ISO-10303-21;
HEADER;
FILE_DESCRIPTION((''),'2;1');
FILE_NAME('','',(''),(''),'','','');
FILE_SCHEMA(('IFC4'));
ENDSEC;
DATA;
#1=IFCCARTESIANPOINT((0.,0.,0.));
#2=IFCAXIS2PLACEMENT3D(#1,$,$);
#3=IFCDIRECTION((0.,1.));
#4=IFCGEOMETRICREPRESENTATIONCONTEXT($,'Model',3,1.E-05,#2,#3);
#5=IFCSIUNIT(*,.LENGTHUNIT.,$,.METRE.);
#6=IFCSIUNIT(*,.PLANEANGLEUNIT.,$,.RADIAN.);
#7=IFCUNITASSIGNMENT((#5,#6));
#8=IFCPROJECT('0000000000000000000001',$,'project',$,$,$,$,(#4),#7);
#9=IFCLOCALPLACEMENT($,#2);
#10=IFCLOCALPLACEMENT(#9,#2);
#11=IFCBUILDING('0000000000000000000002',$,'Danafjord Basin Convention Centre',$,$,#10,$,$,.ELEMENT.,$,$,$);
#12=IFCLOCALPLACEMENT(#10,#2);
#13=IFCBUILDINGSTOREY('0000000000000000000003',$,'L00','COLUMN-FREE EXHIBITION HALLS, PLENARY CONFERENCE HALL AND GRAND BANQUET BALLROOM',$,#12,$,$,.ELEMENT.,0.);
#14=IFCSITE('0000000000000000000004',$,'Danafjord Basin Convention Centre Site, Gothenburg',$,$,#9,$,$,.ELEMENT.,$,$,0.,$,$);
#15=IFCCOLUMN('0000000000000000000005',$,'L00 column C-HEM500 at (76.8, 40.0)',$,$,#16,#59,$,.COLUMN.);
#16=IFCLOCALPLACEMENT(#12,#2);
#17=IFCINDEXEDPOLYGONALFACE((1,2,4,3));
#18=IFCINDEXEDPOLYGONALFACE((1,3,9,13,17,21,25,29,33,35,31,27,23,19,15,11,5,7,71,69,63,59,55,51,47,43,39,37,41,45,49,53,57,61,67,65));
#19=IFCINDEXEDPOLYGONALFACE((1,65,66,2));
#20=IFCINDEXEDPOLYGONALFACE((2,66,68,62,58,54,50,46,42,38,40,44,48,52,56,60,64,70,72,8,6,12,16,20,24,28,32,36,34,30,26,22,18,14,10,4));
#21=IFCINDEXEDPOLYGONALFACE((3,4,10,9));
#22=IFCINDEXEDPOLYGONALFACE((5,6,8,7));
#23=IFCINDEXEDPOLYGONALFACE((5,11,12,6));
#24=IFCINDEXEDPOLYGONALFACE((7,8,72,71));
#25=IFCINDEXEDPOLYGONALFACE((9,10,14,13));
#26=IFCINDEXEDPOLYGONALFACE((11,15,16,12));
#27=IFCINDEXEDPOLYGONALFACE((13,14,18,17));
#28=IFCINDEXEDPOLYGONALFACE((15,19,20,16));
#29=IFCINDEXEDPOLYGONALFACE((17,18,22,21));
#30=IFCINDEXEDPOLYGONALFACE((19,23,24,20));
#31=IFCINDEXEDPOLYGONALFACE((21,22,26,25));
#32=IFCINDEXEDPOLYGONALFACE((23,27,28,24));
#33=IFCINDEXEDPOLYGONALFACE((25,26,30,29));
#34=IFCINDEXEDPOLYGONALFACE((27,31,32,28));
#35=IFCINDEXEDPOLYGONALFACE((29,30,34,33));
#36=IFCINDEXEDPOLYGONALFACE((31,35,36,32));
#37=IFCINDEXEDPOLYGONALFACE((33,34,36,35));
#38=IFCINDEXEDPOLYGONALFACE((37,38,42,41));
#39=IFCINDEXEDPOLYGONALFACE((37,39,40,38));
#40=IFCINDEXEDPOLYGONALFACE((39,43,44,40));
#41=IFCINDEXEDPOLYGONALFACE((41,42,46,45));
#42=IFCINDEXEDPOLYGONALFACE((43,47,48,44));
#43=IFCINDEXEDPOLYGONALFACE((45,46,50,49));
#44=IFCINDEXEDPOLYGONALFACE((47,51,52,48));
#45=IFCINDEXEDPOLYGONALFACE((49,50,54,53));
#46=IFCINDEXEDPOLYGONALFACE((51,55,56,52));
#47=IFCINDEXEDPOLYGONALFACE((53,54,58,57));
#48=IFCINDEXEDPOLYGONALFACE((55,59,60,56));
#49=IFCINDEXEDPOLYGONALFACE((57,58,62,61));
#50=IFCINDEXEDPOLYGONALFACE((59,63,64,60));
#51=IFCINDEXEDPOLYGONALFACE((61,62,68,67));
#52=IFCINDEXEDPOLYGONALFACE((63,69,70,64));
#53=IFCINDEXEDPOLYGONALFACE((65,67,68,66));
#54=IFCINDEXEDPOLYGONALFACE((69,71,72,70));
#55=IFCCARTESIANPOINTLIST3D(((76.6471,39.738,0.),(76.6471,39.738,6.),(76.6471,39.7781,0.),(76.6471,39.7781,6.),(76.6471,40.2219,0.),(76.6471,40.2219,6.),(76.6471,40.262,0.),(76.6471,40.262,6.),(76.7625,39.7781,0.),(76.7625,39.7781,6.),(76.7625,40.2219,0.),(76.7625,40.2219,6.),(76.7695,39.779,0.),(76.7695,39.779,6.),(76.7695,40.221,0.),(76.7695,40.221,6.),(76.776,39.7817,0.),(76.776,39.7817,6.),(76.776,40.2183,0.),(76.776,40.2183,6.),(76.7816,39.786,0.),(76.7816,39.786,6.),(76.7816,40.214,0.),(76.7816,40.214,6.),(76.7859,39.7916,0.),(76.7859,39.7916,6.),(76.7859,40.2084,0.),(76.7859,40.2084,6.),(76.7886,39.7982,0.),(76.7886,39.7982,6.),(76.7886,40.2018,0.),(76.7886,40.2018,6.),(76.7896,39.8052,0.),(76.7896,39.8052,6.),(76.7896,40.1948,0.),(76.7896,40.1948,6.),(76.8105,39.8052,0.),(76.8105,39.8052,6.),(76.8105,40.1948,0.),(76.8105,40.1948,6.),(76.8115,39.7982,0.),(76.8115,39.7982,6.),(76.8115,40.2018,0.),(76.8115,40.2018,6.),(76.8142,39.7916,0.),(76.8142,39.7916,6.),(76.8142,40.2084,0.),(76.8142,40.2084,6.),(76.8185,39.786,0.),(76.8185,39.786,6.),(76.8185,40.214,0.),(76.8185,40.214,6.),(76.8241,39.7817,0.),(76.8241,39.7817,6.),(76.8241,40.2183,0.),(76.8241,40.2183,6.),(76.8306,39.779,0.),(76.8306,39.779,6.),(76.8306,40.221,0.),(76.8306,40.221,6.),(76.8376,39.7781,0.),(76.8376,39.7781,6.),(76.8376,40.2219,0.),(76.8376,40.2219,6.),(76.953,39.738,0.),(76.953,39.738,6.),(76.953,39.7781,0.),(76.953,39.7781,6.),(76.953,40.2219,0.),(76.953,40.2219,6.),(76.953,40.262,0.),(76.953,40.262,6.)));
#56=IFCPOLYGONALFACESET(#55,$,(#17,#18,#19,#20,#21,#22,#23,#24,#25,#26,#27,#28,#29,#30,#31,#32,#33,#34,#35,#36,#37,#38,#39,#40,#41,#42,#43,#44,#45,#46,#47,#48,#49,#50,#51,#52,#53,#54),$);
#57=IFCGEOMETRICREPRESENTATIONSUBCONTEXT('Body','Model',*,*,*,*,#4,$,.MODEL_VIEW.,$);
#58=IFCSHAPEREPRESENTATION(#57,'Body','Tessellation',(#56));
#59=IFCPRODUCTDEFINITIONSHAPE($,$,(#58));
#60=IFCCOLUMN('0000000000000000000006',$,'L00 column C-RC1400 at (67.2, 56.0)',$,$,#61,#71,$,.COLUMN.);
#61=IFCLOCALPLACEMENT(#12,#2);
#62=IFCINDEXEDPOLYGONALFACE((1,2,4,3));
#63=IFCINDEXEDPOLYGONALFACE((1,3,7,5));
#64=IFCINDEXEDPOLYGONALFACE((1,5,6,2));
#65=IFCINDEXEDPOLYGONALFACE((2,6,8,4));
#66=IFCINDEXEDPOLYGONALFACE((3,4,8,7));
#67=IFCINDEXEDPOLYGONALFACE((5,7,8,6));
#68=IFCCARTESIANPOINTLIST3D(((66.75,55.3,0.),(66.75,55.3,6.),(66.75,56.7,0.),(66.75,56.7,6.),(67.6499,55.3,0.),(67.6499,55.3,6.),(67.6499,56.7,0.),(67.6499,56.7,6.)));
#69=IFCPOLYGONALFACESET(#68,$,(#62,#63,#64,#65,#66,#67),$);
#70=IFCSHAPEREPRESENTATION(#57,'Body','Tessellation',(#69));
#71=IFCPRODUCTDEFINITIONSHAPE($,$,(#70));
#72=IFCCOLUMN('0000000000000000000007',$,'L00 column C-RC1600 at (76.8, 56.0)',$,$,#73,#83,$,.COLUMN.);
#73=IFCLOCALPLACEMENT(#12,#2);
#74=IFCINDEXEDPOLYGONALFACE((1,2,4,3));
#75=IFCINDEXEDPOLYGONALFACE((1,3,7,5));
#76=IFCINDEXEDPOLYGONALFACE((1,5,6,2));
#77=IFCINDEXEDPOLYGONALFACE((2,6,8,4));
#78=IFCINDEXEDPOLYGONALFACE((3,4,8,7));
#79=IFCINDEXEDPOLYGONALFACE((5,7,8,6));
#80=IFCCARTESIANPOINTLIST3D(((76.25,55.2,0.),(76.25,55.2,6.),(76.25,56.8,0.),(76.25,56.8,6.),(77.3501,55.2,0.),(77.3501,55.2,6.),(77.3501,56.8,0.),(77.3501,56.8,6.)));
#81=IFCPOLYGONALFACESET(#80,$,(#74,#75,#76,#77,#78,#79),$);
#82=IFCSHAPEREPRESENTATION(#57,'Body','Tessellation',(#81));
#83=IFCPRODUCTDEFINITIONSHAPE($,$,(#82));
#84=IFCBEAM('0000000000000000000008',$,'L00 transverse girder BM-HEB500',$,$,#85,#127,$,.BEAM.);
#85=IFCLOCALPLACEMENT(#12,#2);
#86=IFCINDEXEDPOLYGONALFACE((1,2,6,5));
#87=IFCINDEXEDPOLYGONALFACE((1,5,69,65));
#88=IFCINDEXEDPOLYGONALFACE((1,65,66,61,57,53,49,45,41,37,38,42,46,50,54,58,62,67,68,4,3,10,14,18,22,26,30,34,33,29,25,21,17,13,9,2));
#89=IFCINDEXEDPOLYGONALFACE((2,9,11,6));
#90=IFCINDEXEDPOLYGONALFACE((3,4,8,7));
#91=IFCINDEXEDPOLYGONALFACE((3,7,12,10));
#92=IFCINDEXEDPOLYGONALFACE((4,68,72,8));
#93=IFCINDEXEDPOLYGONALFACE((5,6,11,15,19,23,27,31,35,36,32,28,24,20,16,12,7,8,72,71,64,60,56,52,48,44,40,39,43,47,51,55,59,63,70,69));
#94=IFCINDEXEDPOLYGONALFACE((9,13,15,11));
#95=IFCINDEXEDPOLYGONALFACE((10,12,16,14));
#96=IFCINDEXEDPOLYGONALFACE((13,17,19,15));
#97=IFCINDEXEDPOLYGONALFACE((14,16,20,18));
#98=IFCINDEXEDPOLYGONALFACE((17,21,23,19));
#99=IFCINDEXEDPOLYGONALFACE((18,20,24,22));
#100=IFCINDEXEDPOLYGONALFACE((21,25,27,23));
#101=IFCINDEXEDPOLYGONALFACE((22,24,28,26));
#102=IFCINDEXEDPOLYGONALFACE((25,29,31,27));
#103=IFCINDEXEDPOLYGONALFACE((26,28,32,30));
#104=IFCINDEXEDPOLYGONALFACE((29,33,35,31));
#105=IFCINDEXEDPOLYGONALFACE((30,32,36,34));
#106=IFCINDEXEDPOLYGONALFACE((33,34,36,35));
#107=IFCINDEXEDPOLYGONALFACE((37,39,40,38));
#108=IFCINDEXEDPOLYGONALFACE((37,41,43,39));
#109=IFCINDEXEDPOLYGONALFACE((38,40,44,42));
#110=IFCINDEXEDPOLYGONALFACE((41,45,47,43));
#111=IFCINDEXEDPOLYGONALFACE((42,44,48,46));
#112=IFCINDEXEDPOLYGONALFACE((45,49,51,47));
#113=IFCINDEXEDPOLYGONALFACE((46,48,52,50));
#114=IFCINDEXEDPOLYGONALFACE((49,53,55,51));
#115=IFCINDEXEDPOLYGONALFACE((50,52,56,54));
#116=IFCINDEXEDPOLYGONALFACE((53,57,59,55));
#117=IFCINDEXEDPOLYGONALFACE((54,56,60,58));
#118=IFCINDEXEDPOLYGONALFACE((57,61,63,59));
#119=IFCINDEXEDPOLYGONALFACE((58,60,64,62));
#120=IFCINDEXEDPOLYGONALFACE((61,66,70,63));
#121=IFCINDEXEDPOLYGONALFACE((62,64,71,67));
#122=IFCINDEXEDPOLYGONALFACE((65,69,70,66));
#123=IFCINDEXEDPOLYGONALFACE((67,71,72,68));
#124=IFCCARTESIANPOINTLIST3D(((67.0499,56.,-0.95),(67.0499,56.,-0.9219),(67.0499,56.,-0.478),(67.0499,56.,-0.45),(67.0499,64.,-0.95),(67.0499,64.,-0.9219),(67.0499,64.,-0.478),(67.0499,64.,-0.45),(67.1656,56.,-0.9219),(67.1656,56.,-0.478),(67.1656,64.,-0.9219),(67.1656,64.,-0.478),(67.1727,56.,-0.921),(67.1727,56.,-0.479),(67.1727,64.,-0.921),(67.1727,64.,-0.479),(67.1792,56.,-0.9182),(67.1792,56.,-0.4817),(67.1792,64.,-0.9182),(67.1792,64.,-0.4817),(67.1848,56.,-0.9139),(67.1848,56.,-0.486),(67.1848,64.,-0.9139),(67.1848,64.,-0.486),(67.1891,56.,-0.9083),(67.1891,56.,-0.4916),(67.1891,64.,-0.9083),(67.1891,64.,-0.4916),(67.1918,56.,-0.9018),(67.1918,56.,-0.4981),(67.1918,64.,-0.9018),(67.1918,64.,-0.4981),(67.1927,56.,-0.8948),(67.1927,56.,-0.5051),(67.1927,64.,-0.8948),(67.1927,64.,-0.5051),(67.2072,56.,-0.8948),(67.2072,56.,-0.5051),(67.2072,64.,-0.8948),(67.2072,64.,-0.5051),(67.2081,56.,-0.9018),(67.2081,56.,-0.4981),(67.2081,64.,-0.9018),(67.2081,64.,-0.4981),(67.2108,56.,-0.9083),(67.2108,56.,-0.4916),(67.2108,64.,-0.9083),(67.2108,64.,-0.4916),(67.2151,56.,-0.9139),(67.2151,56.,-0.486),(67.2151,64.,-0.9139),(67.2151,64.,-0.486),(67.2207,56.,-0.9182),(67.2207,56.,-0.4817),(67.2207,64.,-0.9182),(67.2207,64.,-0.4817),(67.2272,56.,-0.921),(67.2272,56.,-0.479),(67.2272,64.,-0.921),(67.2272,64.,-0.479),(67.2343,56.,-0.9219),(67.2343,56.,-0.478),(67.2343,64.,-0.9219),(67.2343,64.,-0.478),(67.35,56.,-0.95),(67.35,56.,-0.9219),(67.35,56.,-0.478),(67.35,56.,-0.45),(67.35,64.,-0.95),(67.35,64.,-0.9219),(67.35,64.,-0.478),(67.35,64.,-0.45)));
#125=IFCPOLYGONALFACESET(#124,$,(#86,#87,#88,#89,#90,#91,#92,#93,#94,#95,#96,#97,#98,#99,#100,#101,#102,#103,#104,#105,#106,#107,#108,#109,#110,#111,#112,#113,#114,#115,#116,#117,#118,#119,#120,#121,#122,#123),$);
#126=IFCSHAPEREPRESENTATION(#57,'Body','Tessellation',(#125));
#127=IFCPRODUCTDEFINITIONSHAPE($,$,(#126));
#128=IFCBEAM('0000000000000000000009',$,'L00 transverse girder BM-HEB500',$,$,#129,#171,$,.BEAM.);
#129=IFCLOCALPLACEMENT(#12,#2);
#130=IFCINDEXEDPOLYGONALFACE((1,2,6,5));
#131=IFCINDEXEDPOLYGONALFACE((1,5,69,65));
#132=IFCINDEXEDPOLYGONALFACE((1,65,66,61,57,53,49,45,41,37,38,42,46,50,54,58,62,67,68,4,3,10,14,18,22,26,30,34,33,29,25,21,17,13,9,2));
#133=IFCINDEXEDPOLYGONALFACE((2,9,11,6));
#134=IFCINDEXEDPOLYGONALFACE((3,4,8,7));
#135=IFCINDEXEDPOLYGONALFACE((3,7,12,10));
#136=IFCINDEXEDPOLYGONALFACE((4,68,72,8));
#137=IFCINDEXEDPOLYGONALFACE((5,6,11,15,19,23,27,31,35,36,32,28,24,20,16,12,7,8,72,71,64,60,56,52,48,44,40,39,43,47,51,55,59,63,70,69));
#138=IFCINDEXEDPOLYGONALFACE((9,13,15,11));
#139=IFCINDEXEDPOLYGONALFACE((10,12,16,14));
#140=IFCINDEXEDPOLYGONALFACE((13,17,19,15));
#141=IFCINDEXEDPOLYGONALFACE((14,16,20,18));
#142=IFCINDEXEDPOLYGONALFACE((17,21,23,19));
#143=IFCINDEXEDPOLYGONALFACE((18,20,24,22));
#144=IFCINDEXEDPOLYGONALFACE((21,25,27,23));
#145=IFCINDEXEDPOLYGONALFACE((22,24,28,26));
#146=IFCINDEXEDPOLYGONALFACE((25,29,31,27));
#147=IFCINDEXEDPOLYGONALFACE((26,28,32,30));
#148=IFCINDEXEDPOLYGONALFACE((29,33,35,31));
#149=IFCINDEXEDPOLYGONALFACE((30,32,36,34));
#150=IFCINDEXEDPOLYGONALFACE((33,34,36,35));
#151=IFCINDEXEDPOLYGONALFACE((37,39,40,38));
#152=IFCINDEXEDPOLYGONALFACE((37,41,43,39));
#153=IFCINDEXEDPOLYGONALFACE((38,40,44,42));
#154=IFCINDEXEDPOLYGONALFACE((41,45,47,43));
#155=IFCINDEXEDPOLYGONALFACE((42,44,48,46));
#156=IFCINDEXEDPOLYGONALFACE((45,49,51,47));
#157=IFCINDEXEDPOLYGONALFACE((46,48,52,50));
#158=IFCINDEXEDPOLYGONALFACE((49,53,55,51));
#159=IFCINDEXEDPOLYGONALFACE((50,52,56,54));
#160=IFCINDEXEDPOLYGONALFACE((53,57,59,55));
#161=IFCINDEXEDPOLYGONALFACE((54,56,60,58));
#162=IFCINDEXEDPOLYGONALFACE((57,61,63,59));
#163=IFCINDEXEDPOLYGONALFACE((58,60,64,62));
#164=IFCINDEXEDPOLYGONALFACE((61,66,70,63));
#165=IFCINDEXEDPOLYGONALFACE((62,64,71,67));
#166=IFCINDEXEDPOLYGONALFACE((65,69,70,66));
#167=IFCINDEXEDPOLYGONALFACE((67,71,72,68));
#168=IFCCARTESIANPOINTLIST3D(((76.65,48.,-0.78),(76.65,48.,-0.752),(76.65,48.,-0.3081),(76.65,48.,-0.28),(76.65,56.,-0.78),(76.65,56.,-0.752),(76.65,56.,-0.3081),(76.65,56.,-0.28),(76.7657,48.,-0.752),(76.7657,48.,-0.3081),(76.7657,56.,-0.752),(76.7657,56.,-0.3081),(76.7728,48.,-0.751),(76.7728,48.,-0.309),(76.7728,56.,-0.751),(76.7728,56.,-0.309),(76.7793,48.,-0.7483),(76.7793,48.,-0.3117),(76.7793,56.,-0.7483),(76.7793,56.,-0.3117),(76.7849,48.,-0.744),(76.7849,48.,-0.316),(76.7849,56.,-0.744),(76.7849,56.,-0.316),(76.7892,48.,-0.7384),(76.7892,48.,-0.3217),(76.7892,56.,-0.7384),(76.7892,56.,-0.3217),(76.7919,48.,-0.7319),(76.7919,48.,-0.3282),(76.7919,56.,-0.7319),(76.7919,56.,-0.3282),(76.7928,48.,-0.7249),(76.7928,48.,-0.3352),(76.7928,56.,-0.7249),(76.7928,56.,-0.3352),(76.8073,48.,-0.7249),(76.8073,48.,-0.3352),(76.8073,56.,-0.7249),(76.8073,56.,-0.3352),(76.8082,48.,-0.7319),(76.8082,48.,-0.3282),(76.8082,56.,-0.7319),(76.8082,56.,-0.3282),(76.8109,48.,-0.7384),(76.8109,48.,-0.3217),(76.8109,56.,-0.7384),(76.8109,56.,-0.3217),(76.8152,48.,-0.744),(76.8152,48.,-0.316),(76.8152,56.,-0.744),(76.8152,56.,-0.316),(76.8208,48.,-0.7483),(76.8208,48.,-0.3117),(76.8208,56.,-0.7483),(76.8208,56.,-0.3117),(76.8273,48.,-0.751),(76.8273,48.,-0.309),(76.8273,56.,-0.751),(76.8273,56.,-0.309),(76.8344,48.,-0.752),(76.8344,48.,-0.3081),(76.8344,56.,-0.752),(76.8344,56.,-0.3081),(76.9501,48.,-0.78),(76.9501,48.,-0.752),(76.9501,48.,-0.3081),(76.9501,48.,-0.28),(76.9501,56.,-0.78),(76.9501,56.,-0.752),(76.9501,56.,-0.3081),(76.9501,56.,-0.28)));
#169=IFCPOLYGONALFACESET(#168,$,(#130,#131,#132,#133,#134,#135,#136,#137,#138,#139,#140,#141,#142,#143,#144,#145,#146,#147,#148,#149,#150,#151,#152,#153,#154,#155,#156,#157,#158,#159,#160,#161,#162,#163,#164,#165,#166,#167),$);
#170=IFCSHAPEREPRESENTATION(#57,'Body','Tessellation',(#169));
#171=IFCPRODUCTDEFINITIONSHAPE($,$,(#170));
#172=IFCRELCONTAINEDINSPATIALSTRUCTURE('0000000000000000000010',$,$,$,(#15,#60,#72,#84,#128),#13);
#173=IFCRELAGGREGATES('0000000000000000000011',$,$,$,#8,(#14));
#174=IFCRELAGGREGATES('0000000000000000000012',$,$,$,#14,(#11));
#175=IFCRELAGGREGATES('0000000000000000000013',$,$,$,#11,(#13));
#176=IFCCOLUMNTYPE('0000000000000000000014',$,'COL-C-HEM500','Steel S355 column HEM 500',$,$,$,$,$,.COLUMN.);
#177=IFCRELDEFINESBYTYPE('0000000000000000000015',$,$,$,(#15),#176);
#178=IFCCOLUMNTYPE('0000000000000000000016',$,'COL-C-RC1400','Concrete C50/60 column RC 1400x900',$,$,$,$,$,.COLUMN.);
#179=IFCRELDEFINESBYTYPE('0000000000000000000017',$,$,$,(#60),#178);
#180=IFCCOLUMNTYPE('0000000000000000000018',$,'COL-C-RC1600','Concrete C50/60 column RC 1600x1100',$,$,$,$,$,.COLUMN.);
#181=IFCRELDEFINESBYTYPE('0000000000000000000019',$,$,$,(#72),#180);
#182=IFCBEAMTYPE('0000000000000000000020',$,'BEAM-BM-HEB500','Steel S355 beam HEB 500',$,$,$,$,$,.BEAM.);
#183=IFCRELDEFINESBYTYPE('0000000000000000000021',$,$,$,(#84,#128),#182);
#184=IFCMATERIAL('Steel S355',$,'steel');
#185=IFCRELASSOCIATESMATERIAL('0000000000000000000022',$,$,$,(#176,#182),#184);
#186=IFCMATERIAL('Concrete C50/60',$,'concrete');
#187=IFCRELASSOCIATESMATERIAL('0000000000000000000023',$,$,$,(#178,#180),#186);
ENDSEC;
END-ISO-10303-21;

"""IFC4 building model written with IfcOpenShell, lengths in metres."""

from ifc_helpers import new_model, si_unit, direction, frame, origin, origin_2d, place, context, subcontext, project, spatial, rectangle, i_section, extrude, material, material_profile, profile_set, type_object, element, save


model = new_model("IFC4")

# Units and contexts
model_context = context("Model", 3, precision=1e-05, world=origin(), true_north=direction((0.0, 1.0)))
body_context = subcontext(model_context, "Body", "Model", "MODEL_VIEW")
ifc_project = project(units=[si_unit("LENGTHUNIT", "METRE"), si_unit("PLANEANGLEUNIT", "RADIAN")], contexts=[model_context])

# Site, building, storey
site_placement = place(None, origin())
site = spatial("IfcSite", under=ifc_project, at=site_placement, Name="Danafjord Basin Convention Centre Site, Gothenburg", CompositionType="ELEMENT", RefElevation=0.0)
building_placement = place(site_placement, origin())
building = spatial("IfcBuilding", under=site, at=building_placement, Name="Danafjord Basin Convention Centre", CompositionType="ELEMENT")
storey_placement = place(building_placement, origin())
storey = spatial("IfcBuildingStorey", under=building, at=storey_placement, Name="L00", Description="COLUMN-FREE EXHIBITION HALLS, PLENARY CONFERENCE HALL AND GRAND BANQUET BALLROOM", CompositionType="ELEMENT", Elevation=0.0)

# Columns
ifc_material_1 = material(Name="Steel S355", Category="steel")
ifc_material_profile_1 = material_profile(ifc_material_1, i_section(OverallWidth=0.3059, OverallDepth=0.5239, WebThickness=0.021, FlangeThickness=0.04, FilletRadius=0.0271, at=origin_2d()), Name="HEM 500")
ifc_profile_set_1 = profile_set([ifc_material_profile_1], Name="Steel S355")
column_type_1 = type_object("IfcColumnType", Name="COL-C-HEM500", Description="Steel S355 column HEM 500", PredefinedType="COLUMN", material=ifc_profile_set_1)
column_1_placement = place(storey_placement, frame((76.8, 40.0, 0.0), z_axis=(0.0, 0.0, 1.0), x_axis=(1.0, 0.0, 0.0)))
element("IfcColumn", 1, at=column_1_placement, inside=storey, type_object=column_type_1, Name="L00 column C-HEM500 at (76.8, 40.0)", PredefinedType="COLUMN", context=body_context, shape_type="SweptSolid", body=[
    extrude(i_section(OverallWidth=0.3059, OverallDepth=0.5239, WebThickness=0.021, FlangeThickness=0.04, FilletRadius=0.0271, at=origin_2d()), origin(), (0.0, 0.0, 1.0), 6.0),
])
ifc_material_2 = material(Name="Concrete C50/60", Category="concrete")
ifc_material_profile_2 = material_profile(ifc_material_2, rectangle(XDim=0.8999, YDim=1.3999, at=origin_2d()), Name="RC 1400x900")
ifc_profile_set_2 = profile_set([ifc_material_profile_2], Name="Concrete C50/60")
column_type_2 = type_object("IfcColumnType", Name="COL-C-RC1400", Description="Concrete C50/60 column RC 1400x900", PredefinedType="COLUMN", material=ifc_profile_set_2)
column_2_placement = place(storey_placement, frame((67.2, 56.0, 0.0), z_axis=(0.0, 0.0, 1.0), x_axis=(1.0, 0.0, 0.0)))
element("IfcColumn", 2, at=column_2_placement, inside=storey, type_object=column_type_2, Name="L00 column C-RC1400 at (67.2, 56.0)", PredefinedType="COLUMN", context=body_context, shape_type="SweptSolid", body=[
    extrude(rectangle(XDim=0.8999, YDim=1.3999, at=origin_2d()), origin(), (0.0, 0.0, 1.0), 6.0),
])
ifc_material_profile_3 = material_profile(ifc_material_2, rectangle(XDim=1.1001, YDim=1.6001, at=origin_2d()), Name="RC 1600x1100")
ifc_profile_set_3 = profile_set([ifc_material_profile_3], Name="Concrete C50/60")
column_type_3 = type_object("IfcColumnType", Name="COL-C-RC1600", Description="Concrete C50/60 column RC 1600x1100", PredefinedType="COLUMN", material=ifc_profile_set_3)
column_3_placement = place(storey_placement, frame((76.8, 56.0, 0.0), z_axis=(0.0, 0.0, 1.0), x_axis=(1.0, 0.0, 0.0)))
element("IfcColumn", 3, at=column_3_placement, inside=storey, type_object=column_type_3, Name="L00 column C-RC1600 at (76.8, 56.0)", PredefinedType="COLUMN", context=body_context, shape_type="SweptSolid", body=[
    extrude(rectangle(XDim=1.1001, YDim=1.6001, at=origin_2d()), origin(), (0.0, 0.0, 1.0), 6.0),
])

# Beams
ifc_material_profile_4 = material_profile(ifc_material_1, i_section(OverallWidth=0.3, OverallDepth=0.5, WebThickness=0.0144, FlangeThickness=0.0281, FilletRadius=0.0271, at=origin_2d()), Name="HEB 500")
ifc_profile_set_4 = profile_set([ifc_material_profile_4], Name="Steel S355")
beam_type_1 = type_object("IfcBeamType", Name="BEAM-BM-HEB500", Description="Steel S355 beam HEB 500", PredefinedType="BEAM", material=ifc_profile_set_4)
for number, where, z_axis, x_axis, name in (
    (4, (67.2, 56.0, -0.7), (0.0, 1.0, 0.0), (-1.0, 0.0, 0.0), "L00 transverse girder BM-HEB500"),
    (5, (76.8, 48.0, -0.53), (0.0, 1.0, 0.0), (-1.0, 0.0, 0.0), "L00 transverse girder BM-HEB500"),
):
    element("IfcBeam", number, at=place(storey_placement, frame(where, z_axis=z_axis, x_axis=x_axis)), inside=storey, type_object=beam_type_1, Name=name, PredefinedType="BEAM", context=body_context, shape_type="SweptSolid", body=[
        extrude(i_section(OverallWidth=0.3, OverallDepth=0.5, WebThickness=0.0144, FlangeThickness=0.0281, FilletRadius=0.0271, at=origin_2d()), origin(), (0.0, 0.0, 1.0), 8.0),
    ])

save(model, "model.ifc")
